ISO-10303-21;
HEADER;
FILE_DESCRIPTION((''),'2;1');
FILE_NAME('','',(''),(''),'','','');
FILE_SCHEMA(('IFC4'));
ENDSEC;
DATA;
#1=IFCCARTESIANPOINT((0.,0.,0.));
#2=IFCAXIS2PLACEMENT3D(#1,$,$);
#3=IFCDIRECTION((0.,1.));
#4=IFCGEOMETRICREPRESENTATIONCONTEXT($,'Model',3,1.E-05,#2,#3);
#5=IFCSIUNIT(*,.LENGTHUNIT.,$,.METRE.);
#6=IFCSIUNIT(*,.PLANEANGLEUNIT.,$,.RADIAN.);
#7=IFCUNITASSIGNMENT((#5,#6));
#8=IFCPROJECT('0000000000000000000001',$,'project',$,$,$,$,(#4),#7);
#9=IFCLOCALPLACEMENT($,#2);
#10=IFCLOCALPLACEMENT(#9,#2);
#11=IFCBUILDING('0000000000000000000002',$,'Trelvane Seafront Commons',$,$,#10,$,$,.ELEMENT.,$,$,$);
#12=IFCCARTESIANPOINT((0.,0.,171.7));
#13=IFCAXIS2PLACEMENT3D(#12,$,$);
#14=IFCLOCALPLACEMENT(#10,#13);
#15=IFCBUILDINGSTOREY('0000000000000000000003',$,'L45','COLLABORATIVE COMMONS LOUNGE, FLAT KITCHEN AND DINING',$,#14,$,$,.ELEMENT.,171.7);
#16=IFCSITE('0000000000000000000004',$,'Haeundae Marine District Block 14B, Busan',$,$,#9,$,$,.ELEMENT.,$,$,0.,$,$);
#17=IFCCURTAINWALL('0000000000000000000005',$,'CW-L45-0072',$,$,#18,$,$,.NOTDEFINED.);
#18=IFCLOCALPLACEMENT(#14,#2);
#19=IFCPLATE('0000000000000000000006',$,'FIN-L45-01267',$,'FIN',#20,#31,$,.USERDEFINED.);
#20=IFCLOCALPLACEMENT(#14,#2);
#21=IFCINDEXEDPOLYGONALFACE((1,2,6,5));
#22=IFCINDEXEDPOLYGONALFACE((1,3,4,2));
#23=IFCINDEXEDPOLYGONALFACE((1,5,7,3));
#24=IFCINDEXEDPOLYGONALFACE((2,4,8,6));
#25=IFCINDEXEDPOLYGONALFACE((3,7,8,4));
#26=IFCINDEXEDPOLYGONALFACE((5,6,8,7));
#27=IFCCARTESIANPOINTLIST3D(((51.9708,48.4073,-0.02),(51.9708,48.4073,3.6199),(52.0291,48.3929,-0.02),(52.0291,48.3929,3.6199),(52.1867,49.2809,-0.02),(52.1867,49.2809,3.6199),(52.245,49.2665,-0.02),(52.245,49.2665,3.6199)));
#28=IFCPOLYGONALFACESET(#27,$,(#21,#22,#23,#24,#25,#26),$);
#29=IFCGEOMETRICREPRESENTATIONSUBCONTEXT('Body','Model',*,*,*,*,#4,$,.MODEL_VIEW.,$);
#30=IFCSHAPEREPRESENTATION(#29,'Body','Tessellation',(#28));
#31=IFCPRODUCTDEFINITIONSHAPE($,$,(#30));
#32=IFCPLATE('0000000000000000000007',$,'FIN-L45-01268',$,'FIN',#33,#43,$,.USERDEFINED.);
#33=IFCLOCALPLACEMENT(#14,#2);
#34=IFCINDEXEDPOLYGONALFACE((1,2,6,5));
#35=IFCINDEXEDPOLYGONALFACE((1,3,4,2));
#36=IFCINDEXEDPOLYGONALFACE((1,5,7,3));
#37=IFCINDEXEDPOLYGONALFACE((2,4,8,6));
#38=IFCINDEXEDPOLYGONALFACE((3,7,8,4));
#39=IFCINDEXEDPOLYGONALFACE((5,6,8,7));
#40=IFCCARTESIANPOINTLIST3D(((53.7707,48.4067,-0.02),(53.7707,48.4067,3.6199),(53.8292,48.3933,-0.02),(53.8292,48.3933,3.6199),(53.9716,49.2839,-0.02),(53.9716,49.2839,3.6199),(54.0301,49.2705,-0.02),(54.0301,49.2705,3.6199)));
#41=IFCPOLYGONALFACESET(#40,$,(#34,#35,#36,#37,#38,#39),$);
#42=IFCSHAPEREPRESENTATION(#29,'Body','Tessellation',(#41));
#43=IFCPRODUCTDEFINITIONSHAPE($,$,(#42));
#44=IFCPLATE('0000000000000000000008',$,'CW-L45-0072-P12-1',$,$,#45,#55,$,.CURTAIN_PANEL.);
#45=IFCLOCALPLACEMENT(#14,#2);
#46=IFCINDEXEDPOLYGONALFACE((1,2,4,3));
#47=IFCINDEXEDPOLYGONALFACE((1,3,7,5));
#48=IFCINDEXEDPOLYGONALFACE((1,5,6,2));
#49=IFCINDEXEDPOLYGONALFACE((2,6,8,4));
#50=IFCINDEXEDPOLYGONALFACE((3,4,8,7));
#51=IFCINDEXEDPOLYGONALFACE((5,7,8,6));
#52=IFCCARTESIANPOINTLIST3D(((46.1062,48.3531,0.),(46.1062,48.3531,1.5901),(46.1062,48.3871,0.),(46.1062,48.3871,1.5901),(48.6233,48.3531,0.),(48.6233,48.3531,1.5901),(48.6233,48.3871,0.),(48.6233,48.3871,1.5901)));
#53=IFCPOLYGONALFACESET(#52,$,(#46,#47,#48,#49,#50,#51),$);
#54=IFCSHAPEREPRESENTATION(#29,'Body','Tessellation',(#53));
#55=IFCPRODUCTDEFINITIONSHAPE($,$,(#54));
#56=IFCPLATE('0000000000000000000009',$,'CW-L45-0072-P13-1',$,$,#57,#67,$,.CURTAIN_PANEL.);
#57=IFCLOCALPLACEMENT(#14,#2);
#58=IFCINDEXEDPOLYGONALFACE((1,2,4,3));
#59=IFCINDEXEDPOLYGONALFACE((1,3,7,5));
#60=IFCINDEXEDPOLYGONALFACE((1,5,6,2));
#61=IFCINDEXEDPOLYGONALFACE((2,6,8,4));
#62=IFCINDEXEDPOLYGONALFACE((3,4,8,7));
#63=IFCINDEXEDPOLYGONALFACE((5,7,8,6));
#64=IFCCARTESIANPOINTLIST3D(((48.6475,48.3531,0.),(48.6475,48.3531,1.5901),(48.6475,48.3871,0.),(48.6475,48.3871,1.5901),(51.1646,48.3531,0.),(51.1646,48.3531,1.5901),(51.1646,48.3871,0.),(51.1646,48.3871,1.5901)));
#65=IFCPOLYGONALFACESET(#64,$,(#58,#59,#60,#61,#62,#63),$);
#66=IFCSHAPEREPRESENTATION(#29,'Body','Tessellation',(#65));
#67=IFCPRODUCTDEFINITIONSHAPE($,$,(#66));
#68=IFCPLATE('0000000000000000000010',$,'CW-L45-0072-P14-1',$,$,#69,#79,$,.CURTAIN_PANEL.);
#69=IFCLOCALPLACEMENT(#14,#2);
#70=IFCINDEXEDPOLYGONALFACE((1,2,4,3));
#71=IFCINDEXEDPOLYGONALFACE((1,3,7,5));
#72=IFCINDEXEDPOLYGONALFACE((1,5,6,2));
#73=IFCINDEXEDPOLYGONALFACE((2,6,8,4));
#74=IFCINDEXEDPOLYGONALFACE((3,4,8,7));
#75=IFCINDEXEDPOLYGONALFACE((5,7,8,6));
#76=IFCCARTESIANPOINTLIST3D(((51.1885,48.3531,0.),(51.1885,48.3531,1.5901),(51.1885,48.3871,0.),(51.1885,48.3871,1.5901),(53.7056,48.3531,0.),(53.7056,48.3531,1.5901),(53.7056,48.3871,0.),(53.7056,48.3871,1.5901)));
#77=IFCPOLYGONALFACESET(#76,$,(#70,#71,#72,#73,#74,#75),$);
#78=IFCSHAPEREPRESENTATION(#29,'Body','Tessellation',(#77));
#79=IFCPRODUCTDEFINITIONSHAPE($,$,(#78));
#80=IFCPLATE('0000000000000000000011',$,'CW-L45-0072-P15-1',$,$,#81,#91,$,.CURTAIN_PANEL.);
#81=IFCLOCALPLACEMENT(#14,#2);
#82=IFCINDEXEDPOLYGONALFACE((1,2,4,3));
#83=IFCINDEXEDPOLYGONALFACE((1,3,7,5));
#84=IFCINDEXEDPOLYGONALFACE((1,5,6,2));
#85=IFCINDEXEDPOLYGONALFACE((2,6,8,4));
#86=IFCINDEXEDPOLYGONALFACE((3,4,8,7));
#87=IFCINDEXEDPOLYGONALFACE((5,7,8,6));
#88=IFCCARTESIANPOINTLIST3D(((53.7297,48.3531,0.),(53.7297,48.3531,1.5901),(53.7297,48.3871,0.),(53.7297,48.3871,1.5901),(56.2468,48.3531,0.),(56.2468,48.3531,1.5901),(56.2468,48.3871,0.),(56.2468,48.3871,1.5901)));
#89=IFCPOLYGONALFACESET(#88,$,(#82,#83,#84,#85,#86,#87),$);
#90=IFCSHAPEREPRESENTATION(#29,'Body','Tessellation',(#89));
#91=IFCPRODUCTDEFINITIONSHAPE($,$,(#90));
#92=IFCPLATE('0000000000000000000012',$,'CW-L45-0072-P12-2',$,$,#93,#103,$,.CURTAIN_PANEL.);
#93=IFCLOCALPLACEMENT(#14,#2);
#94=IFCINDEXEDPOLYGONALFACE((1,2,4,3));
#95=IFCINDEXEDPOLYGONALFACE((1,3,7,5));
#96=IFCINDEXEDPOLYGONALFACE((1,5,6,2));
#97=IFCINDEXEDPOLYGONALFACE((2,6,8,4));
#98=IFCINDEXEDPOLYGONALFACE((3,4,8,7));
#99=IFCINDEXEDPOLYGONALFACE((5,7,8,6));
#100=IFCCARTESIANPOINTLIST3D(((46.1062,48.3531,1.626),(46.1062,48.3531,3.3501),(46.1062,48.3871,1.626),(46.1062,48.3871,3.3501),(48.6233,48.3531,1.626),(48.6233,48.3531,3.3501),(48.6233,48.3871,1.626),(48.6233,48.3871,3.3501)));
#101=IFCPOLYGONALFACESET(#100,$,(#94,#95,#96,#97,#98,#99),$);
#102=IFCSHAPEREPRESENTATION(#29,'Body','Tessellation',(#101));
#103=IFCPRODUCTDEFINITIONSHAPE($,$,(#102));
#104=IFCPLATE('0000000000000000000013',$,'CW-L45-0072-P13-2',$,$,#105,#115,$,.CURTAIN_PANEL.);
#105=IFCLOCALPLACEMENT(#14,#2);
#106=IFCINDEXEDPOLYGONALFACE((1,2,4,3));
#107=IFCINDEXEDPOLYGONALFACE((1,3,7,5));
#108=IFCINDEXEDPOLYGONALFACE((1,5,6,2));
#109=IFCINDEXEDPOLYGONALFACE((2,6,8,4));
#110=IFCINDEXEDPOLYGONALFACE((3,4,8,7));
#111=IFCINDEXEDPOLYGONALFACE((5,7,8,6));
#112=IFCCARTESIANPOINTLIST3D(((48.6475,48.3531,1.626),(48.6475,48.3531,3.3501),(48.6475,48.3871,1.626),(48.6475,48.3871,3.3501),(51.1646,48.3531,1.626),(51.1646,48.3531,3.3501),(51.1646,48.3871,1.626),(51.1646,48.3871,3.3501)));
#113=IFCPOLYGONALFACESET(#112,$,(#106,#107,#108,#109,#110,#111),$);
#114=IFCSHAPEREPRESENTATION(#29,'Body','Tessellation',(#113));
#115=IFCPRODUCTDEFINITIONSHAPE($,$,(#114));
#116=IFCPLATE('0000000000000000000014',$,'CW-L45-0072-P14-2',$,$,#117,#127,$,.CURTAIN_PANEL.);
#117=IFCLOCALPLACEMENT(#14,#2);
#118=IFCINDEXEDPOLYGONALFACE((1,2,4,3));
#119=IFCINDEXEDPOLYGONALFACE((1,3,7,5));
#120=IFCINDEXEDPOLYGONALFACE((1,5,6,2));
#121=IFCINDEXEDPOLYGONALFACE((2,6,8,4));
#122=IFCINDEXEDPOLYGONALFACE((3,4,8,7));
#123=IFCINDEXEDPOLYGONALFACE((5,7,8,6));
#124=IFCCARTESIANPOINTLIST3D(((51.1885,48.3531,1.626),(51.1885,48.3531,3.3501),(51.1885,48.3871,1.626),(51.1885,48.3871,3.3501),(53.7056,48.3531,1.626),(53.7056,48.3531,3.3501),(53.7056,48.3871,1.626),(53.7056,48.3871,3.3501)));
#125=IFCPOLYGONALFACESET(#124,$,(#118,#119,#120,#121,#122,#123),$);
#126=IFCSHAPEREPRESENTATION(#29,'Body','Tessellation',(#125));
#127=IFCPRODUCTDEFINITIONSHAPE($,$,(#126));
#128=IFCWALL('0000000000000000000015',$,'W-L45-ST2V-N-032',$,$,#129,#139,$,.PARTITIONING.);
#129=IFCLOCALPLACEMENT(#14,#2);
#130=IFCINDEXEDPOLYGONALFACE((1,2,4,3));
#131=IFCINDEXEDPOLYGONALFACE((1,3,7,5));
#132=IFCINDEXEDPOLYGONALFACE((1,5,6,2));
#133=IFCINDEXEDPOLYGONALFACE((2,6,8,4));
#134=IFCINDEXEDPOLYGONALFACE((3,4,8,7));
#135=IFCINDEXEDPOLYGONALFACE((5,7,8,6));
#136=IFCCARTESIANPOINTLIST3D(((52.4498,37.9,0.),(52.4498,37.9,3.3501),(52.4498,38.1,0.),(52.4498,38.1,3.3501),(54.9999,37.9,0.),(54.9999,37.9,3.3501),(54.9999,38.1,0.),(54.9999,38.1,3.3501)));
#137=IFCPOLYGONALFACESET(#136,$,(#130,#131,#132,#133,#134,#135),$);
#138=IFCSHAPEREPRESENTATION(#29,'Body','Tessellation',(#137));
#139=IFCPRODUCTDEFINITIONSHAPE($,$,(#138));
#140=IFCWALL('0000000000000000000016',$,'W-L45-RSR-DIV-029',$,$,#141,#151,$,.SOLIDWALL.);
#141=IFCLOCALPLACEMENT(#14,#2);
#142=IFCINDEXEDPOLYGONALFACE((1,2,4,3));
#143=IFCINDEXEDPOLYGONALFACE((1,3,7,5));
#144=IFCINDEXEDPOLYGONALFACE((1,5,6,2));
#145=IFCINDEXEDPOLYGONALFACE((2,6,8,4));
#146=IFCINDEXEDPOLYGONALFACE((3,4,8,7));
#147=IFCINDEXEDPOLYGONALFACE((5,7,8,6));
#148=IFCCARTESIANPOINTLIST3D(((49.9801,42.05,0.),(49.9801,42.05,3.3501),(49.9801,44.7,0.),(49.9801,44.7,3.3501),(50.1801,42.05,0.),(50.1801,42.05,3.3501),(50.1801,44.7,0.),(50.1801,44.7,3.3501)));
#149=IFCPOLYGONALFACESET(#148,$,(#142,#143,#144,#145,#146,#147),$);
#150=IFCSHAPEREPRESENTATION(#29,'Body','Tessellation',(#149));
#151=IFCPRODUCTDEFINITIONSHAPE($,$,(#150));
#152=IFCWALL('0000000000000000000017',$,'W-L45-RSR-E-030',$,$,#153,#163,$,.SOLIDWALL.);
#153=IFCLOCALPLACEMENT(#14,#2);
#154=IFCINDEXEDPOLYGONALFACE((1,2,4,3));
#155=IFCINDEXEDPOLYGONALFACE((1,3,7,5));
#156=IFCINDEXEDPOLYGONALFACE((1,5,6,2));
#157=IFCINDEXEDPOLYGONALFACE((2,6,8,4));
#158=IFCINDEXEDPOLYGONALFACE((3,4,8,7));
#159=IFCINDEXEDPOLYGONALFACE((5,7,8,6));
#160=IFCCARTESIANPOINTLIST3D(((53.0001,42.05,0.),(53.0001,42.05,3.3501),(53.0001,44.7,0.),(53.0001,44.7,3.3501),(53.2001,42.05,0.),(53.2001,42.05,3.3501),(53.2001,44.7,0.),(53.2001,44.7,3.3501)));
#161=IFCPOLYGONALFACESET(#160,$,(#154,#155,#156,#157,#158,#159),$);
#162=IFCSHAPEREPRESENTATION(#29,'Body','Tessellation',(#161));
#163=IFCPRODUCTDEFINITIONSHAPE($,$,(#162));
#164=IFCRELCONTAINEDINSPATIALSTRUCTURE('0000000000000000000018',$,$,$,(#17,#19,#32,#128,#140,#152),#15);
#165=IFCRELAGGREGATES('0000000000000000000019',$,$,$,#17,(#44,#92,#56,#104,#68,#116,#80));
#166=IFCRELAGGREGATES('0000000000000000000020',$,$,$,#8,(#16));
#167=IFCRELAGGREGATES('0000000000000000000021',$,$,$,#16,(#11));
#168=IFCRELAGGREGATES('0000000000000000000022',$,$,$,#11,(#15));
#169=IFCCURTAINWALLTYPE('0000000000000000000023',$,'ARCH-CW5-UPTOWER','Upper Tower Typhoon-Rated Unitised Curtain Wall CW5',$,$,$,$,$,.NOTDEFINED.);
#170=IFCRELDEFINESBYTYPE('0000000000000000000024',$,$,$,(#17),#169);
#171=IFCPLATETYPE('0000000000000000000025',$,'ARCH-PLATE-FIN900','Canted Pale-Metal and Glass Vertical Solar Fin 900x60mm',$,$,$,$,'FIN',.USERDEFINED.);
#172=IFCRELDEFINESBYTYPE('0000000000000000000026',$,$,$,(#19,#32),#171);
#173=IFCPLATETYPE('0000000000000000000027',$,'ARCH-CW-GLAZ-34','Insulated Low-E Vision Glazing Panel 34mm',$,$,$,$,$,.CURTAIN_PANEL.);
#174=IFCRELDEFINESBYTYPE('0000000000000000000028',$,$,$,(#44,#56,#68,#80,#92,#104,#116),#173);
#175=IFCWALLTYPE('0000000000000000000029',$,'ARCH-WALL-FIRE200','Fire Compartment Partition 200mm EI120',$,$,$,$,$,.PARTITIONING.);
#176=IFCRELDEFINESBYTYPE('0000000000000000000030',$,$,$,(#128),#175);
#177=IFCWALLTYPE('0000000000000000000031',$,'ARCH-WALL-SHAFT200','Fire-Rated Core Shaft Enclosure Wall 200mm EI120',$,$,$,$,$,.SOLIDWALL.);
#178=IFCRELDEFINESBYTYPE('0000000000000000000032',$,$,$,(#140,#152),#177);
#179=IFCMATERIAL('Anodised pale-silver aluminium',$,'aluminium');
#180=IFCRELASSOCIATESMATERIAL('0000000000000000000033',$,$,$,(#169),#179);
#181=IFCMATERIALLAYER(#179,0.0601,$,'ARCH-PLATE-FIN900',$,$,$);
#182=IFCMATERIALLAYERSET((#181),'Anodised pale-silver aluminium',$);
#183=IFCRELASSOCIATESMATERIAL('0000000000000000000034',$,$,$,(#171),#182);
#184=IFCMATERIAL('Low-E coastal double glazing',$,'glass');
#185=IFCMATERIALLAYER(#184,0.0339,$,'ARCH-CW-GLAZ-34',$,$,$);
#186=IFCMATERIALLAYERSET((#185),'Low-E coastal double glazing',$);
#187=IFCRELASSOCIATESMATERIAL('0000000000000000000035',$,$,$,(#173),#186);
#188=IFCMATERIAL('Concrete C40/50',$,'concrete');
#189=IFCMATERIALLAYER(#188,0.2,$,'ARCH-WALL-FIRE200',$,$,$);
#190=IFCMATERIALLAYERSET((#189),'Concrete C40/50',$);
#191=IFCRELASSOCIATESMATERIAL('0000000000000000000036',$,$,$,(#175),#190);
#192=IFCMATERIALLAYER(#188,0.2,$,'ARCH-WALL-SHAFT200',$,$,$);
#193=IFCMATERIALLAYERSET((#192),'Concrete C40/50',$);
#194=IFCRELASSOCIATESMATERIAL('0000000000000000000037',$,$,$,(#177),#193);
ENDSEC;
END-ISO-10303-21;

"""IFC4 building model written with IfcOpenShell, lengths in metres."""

from ifc_helpers import new_model, si_unit, direction, frame, frame_2d, origin, origin_2d, place, context, subcontext, project, spatial, rectangle, extrude, source, transform, mapped, material, layer, layer_set, type_object, element, aggregate, save


model = new_model("IFC4")

# Units and contexts
model_context = context("Model", 3, precision=1e-05, world=origin(), true_north=direction((0.0, 1.0)))
body_context = subcontext(model_context, "Body", "Model", "MODEL_VIEW")
ifc_project = project(units=[si_unit("LENGTHUNIT", "METRE"), si_unit("PLANEANGLEUNIT", "RADIAN")], contexts=[model_context])

# Site, building, storey
site_placement = place(None, origin())
site = spatial("IfcSite", under=ifc_project, at=site_placement, Name="Haeundae Marine District Block 14B, Busan", CompositionType="ELEMENT", RefElevation=0.0)
building_placement = place(site_placement, origin())
building = spatial("IfcBuilding", under=site, at=building_placement, Name="Trelvane Seafront Commons", CompositionType="ELEMENT")
storey_placement = place(building_placement, frame((0.0, 0.0, 171.7)))
storey = spatial("IfcBuildingStorey", under=building, at=storey_placement, Name="L45", Description="COLLABORATIVE COMMONS LOUNGE, FLAT KITCHEN AND DINING", CompositionType="ELEMENT", Elevation=171.7)

# Curtain wall
ifc_material_1 = material(Name="Anodised pale-silver aluminium", Category="aluminium")
curtain_wall_type = type_object("IfcCurtainWallType", Name="ARCH-CW5-UPTOWER", Description="Upper Tower Typhoon-Rated Unitised Curtain Wall CW5", PredefinedType="NOTDEFINED", material=ifc_material_1)
curtain_wall_placement = place(storey_placement, origin())
curtain_wall = element("IfcCurtainWall", 1, at=curtain_wall_placement, inside=storey, type_object=curtain_wall_type, Name="CW-L45-0072", PredefinedType="NOTDEFINED")

# Plates
ifc_layer_1 = layer(ifc_material_1, 0.0601, Name="ARCH-PLATE-FIN900")
ifc_layer_set_1 = layer_set([ifc_layer_1], Name="Anodised pale-silver aluminium")
plate_type_1 = type_object("IfcPlateType", Name="ARCH-PLATE-FIN900", Description="Canted Pale-Metal and Glass Vertical Solar Fin 900x60mm", ElementType="FIN", PredefinedType="USERDEFINED", material=ifc_layer_set_1)
shared_shape_1 = source(origin(), body_context, "Body", "SweptSolid", [
    extrude(rectangle(XDim=0.8999, YDim=0.0601, at=origin_2d()), origin(), (0.0, 0.0, 1.0), 3.6399),
])
for number, where, z_axis, x_axis, name in (
    (2, (52.1079, 48.8369, -0.02), (0.0, 0.0, 1.0), (0.239999, 0.970773, 0.0), "FIN-L45-01267"),
    (3, (53.9004, 48.8386, -0.02), (0.0, 0.0, 1.0), (0.223219, 0.974768, 0.0), "FIN-L45-01268"),
):
    element("IfcPlate", number, at=place(storey_placement, frame(where, z_axis=z_axis, x_axis=x_axis)), inside=storey, type_object=plate_type_1, Name=name, ObjectType="FIN", PredefinedType="USERDEFINED", context=body_context, shape_type="MappedRepresentation", body=[
        mapped(shared_shape_1, transform((0.0, 0.0, 0.0), x_axis=(1.0, 0.0, 0.0), y_axis=(0.0, 1.0, 0.0), z_axis=(0.0, 0.0, 1.0), scale=1.0)),
    ])

# Plates
ifc_material_2 = material(Name="Low-E coastal double glazing", Category="glass")
ifc_layer_2 = layer(ifc_material_2, 0.0339, Name="ARCH-CW-GLAZ-34")
ifc_layer_set_2 = layer_set([ifc_layer_2], Name="Low-E coastal double glazing")
plate_type_2 = type_object("IfcPlateType", Name="ARCH-CW-GLAZ-34", Description="Insulated Low-E Vision Glazing Panel 34mm", PredefinedType="CURTAIN_PANEL", material=ifc_layer_set_2)
shared_shape_2 = source(origin(), body_context, "Body", "SweptSolid", [
    extrude(rectangle(XDim=2.5171, YDim=0.0339, at=origin_2d()), origin(), (0.0, 0.0, 1.0), 1.5901),
])
plate_1_placement = place(storey_placement, frame((47.3647, 48.3701, 0.0), z_axis=(0.0, 0.0, 1.0), x_axis=(1.0, 0.0, 0.0)))
plate_1 = element("IfcPlate", 4, at=plate_1_placement, type_object=plate_type_2, Name="CW-L45-0072-P12-1", PredefinedType="CURTAIN_PANEL", context=body_context, shape_type="MappedRepresentation", body=[
    mapped(shared_shape_2, transform((0.0, 0.0, 0.0), x_axis=(1.0, 0.0, 0.0), y_axis=(0.0, 1.0, 0.0), z_axis=(0.0, 0.0, 1.0), scale=1.0)),
])
plate_2_placement = place(storey_placement, frame((49.906, 48.3701, 0.0), z_axis=(0.0, 0.0, 1.0), x_axis=(1.0, 0.0, 0.0)))
plate_2 = element("IfcPlate", 5, at=plate_2_placement, type_object=plate_type_2, Name="CW-L45-0072-P13-1", PredefinedType="CURTAIN_PANEL", context=body_context, shape_type="MappedRepresentation", body=[
    mapped(shared_shape_2, transform((0.0, 0.0, 0.0), x_axis=(1.0, 0.0, 0.0), y_axis=(0.0, 1.0, 0.0), z_axis=(0.0, 0.0, 1.0), scale=1.0)),
])
plate_3_placement = place(storey_placement, frame((52.447, 48.3701, 0.0), z_axis=(0.0, 0.0, 1.0), x_axis=(1.0, 0.0, 0.0)))
plate_3 = element("IfcPlate", 6, at=plate_3_placement, type_object=plate_type_2, Name="CW-L45-0072-P14-1", PredefinedType="CURTAIN_PANEL", context=body_context, shape_type="MappedRepresentation", body=[
    mapped(shared_shape_2, transform((0.0, 0.0, 0.0), x_axis=(1.0, 0.0, 0.0), y_axis=(0.0, 1.0, 0.0), z_axis=(0.0, 0.0, 1.0), scale=1.0)),
])
plate_4_placement = place(storey_placement, frame((54.9883, 48.3701, 0.0), z_axis=(0.0, 0.0, 1.0), x_axis=(1.0, 0.0, 0.0)))
plate_4 = element("IfcPlate", 7, at=plate_4_placement, type_object=plate_type_2, Name="CW-L45-0072-P15-1", PredefinedType="CURTAIN_PANEL", context=body_context, shape_type="MappedRepresentation", body=[
    mapped(shared_shape_2, transform((0.0, 0.0, 0.0), x_axis=(1.0, 0.0, 0.0), y_axis=(0.0, 1.0, 0.0), z_axis=(0.0, 0.0, 1.0), scale=1.0)),
])
shared_shape_3 = source(origin(), body_context, "Body", "SweptSolid", [
    extrude(rectangle(XDim=2.5171, YDim=0.0339, at=origin_2d()), origin(), (0.0, 0.0, 1.0), 1.7241),
])
plate_5_placement = place(storey_placement, frame((47.3647, 48.3701, 1.626), z_axis=(0.0, 0.0, 1.0), x_axis=(1.0, 0.0, 0.0)))
plate_5 = element("IfcPlate", 8, at=plate_5_placement, type_object=plate_type_2, Name="CW-L45-0072-P12-2", PredefinedType="CURTAIN_PANEL", context=body_context, shape_type="MappedRepresentation", body=[
    mapped(shared_shape_3, transform((0.0, 0.0, 0.0), x_axis=(1.0, 0.0, 0.0), y_axis=(0.0, 1.0, 0.0), z_axis=(0.0, 0.0, 1.0), scale=1.0)),
])
plate_6_placement = place(storey_placement, frame((49.906, 48.3701, 1.626), z_axis=(0.0, 0.0, 1.0), x_axis=(1.0, 0.0, 0.0)))
plate_6 = element("IfcPlate", 9, at=plate_6_placement, type_object=plate_type_2, Name="CW-L45-0072-P13-2", PredefinedType="CURTAIN_PANEL", context=body_context, shape_type="MappedRepresentation", body=[
    mapped(shared_shape_3, transform((0.0, 0.0, 0.0), x_axis=(1.0, 0.0, 0.0), y_axis=(0.0, 1.0, 0.0), z_axis=(0.0, 0.0, 1.0), scale=1.0)),
])
plate_7_placement = place(storey_placement, frame((52.447, 48.3701, 1.626), z_axis=(0.0, 0.0, 1.0), x_axis=(1.0, 0.0, 0.0)))
plate_7 = element("IfcPlate", 10, at=plate_7_placement, type_object=plate_type_2, Name="CW-L45-0072-P14-2", PredefinedType="CURTAIN_PANEL", context=body_context, shape_type="MappedRepresentation", body=[
    mapped(shared_shape_3, transform((0.0, 0.0, 0.0), x_axis=(1.0, 0.0, 0.0), y_axis=(0.0, 1.0, 0.0), z_axis=(0.0, 0.0, 1.0), scale=1.0)),
])
aggregate(curtain_wall, [plate_1, plate_5, plate_2, plate_6, plate_3, plate_7, plate_4])

# Walls
ifc_material_3 = material(Name="Concrete C40/50", Category="concrete")
ifc_layer_3 = layer(ifc_material_3, 0.2, Name="ARCH-WALL-FIRE200")
ifc_layer_set_3 = layer_set([ifc_layer_3], Name="Concrete C40/50")
wall_type_1 = type_object("IfcWallType", Name="ARCH-WALL-FIRE200", Description="Fire Compartment Partition 200mm EI120", PredefinedType="PARTITIONING", material=ifc_layer_set_3)
wall_placement = place(storey_placement, frame((52.45, 38.0, 0.0), z_axis=(0.0, 0.0, 1.0), x_axis=(1.0, 0.0, 0.0)))
element("IfcWall", 11, at=wall_placement, inside=storey, type_object=wall_type_1, Name="W-L45-ST2V-N-032", PredefinedType="PARTITIONING", context=body_context, shape_type="SweptSolid", body=[
    extrude(rectangle(XDim=2.55, YDim=0.2, at=frame_2d((1.2749, 0.0))), origin(), (0.0, 0.0, 1.0), 3.3501),
])
ifc_layer_4 = layer(ifc_material_3, 0.2, Name="ARCH-WALL-SHAFT200")
ifc_layer_set_4 = layer_set([ifc_layer_4], Name="Concrete C40/50")
wall_type_2 = type_object("IfcWallType", Name="ARCH-WALL-SHAFT200", Description="Fire-Rated Core Shaft Enclosure Wall 200mm EI120", PredefinedType="SOLIDWALL", material=ifc_layer_set_4)
for number, where, z_axis, x_axis, name in (
    (12, (50.0801, 42.05, 0.0), (0.0, 0.0, 1.0), (0.0, 1.0, 0.0), "W-L45-RSR-DIV-029"),
    (13, (53.1001, 42.05, 0.0), (0.0, 0.0, 1.0), (0.0, 1.0, 0.0), "W-L45-RSR-E-030"),
):
    element("IfcWall", number, at=place(storey_placement, frame(where, z_axis=z_axis, x_axis=x_axis)), inside=storey, type_object=wall_type_2, Name=name, PredefinedType="SOLIDWALL", context=body_context, shape_type="SweptSolid", body=[
        extrude(rectangle(XDim=2.6499, YDim=0.2, at=frame_2d((1.325, 0.0))), origin(), (0.0, 0.0, 1.0), 3.3501),
    ])

save(model, "model.ifc")
